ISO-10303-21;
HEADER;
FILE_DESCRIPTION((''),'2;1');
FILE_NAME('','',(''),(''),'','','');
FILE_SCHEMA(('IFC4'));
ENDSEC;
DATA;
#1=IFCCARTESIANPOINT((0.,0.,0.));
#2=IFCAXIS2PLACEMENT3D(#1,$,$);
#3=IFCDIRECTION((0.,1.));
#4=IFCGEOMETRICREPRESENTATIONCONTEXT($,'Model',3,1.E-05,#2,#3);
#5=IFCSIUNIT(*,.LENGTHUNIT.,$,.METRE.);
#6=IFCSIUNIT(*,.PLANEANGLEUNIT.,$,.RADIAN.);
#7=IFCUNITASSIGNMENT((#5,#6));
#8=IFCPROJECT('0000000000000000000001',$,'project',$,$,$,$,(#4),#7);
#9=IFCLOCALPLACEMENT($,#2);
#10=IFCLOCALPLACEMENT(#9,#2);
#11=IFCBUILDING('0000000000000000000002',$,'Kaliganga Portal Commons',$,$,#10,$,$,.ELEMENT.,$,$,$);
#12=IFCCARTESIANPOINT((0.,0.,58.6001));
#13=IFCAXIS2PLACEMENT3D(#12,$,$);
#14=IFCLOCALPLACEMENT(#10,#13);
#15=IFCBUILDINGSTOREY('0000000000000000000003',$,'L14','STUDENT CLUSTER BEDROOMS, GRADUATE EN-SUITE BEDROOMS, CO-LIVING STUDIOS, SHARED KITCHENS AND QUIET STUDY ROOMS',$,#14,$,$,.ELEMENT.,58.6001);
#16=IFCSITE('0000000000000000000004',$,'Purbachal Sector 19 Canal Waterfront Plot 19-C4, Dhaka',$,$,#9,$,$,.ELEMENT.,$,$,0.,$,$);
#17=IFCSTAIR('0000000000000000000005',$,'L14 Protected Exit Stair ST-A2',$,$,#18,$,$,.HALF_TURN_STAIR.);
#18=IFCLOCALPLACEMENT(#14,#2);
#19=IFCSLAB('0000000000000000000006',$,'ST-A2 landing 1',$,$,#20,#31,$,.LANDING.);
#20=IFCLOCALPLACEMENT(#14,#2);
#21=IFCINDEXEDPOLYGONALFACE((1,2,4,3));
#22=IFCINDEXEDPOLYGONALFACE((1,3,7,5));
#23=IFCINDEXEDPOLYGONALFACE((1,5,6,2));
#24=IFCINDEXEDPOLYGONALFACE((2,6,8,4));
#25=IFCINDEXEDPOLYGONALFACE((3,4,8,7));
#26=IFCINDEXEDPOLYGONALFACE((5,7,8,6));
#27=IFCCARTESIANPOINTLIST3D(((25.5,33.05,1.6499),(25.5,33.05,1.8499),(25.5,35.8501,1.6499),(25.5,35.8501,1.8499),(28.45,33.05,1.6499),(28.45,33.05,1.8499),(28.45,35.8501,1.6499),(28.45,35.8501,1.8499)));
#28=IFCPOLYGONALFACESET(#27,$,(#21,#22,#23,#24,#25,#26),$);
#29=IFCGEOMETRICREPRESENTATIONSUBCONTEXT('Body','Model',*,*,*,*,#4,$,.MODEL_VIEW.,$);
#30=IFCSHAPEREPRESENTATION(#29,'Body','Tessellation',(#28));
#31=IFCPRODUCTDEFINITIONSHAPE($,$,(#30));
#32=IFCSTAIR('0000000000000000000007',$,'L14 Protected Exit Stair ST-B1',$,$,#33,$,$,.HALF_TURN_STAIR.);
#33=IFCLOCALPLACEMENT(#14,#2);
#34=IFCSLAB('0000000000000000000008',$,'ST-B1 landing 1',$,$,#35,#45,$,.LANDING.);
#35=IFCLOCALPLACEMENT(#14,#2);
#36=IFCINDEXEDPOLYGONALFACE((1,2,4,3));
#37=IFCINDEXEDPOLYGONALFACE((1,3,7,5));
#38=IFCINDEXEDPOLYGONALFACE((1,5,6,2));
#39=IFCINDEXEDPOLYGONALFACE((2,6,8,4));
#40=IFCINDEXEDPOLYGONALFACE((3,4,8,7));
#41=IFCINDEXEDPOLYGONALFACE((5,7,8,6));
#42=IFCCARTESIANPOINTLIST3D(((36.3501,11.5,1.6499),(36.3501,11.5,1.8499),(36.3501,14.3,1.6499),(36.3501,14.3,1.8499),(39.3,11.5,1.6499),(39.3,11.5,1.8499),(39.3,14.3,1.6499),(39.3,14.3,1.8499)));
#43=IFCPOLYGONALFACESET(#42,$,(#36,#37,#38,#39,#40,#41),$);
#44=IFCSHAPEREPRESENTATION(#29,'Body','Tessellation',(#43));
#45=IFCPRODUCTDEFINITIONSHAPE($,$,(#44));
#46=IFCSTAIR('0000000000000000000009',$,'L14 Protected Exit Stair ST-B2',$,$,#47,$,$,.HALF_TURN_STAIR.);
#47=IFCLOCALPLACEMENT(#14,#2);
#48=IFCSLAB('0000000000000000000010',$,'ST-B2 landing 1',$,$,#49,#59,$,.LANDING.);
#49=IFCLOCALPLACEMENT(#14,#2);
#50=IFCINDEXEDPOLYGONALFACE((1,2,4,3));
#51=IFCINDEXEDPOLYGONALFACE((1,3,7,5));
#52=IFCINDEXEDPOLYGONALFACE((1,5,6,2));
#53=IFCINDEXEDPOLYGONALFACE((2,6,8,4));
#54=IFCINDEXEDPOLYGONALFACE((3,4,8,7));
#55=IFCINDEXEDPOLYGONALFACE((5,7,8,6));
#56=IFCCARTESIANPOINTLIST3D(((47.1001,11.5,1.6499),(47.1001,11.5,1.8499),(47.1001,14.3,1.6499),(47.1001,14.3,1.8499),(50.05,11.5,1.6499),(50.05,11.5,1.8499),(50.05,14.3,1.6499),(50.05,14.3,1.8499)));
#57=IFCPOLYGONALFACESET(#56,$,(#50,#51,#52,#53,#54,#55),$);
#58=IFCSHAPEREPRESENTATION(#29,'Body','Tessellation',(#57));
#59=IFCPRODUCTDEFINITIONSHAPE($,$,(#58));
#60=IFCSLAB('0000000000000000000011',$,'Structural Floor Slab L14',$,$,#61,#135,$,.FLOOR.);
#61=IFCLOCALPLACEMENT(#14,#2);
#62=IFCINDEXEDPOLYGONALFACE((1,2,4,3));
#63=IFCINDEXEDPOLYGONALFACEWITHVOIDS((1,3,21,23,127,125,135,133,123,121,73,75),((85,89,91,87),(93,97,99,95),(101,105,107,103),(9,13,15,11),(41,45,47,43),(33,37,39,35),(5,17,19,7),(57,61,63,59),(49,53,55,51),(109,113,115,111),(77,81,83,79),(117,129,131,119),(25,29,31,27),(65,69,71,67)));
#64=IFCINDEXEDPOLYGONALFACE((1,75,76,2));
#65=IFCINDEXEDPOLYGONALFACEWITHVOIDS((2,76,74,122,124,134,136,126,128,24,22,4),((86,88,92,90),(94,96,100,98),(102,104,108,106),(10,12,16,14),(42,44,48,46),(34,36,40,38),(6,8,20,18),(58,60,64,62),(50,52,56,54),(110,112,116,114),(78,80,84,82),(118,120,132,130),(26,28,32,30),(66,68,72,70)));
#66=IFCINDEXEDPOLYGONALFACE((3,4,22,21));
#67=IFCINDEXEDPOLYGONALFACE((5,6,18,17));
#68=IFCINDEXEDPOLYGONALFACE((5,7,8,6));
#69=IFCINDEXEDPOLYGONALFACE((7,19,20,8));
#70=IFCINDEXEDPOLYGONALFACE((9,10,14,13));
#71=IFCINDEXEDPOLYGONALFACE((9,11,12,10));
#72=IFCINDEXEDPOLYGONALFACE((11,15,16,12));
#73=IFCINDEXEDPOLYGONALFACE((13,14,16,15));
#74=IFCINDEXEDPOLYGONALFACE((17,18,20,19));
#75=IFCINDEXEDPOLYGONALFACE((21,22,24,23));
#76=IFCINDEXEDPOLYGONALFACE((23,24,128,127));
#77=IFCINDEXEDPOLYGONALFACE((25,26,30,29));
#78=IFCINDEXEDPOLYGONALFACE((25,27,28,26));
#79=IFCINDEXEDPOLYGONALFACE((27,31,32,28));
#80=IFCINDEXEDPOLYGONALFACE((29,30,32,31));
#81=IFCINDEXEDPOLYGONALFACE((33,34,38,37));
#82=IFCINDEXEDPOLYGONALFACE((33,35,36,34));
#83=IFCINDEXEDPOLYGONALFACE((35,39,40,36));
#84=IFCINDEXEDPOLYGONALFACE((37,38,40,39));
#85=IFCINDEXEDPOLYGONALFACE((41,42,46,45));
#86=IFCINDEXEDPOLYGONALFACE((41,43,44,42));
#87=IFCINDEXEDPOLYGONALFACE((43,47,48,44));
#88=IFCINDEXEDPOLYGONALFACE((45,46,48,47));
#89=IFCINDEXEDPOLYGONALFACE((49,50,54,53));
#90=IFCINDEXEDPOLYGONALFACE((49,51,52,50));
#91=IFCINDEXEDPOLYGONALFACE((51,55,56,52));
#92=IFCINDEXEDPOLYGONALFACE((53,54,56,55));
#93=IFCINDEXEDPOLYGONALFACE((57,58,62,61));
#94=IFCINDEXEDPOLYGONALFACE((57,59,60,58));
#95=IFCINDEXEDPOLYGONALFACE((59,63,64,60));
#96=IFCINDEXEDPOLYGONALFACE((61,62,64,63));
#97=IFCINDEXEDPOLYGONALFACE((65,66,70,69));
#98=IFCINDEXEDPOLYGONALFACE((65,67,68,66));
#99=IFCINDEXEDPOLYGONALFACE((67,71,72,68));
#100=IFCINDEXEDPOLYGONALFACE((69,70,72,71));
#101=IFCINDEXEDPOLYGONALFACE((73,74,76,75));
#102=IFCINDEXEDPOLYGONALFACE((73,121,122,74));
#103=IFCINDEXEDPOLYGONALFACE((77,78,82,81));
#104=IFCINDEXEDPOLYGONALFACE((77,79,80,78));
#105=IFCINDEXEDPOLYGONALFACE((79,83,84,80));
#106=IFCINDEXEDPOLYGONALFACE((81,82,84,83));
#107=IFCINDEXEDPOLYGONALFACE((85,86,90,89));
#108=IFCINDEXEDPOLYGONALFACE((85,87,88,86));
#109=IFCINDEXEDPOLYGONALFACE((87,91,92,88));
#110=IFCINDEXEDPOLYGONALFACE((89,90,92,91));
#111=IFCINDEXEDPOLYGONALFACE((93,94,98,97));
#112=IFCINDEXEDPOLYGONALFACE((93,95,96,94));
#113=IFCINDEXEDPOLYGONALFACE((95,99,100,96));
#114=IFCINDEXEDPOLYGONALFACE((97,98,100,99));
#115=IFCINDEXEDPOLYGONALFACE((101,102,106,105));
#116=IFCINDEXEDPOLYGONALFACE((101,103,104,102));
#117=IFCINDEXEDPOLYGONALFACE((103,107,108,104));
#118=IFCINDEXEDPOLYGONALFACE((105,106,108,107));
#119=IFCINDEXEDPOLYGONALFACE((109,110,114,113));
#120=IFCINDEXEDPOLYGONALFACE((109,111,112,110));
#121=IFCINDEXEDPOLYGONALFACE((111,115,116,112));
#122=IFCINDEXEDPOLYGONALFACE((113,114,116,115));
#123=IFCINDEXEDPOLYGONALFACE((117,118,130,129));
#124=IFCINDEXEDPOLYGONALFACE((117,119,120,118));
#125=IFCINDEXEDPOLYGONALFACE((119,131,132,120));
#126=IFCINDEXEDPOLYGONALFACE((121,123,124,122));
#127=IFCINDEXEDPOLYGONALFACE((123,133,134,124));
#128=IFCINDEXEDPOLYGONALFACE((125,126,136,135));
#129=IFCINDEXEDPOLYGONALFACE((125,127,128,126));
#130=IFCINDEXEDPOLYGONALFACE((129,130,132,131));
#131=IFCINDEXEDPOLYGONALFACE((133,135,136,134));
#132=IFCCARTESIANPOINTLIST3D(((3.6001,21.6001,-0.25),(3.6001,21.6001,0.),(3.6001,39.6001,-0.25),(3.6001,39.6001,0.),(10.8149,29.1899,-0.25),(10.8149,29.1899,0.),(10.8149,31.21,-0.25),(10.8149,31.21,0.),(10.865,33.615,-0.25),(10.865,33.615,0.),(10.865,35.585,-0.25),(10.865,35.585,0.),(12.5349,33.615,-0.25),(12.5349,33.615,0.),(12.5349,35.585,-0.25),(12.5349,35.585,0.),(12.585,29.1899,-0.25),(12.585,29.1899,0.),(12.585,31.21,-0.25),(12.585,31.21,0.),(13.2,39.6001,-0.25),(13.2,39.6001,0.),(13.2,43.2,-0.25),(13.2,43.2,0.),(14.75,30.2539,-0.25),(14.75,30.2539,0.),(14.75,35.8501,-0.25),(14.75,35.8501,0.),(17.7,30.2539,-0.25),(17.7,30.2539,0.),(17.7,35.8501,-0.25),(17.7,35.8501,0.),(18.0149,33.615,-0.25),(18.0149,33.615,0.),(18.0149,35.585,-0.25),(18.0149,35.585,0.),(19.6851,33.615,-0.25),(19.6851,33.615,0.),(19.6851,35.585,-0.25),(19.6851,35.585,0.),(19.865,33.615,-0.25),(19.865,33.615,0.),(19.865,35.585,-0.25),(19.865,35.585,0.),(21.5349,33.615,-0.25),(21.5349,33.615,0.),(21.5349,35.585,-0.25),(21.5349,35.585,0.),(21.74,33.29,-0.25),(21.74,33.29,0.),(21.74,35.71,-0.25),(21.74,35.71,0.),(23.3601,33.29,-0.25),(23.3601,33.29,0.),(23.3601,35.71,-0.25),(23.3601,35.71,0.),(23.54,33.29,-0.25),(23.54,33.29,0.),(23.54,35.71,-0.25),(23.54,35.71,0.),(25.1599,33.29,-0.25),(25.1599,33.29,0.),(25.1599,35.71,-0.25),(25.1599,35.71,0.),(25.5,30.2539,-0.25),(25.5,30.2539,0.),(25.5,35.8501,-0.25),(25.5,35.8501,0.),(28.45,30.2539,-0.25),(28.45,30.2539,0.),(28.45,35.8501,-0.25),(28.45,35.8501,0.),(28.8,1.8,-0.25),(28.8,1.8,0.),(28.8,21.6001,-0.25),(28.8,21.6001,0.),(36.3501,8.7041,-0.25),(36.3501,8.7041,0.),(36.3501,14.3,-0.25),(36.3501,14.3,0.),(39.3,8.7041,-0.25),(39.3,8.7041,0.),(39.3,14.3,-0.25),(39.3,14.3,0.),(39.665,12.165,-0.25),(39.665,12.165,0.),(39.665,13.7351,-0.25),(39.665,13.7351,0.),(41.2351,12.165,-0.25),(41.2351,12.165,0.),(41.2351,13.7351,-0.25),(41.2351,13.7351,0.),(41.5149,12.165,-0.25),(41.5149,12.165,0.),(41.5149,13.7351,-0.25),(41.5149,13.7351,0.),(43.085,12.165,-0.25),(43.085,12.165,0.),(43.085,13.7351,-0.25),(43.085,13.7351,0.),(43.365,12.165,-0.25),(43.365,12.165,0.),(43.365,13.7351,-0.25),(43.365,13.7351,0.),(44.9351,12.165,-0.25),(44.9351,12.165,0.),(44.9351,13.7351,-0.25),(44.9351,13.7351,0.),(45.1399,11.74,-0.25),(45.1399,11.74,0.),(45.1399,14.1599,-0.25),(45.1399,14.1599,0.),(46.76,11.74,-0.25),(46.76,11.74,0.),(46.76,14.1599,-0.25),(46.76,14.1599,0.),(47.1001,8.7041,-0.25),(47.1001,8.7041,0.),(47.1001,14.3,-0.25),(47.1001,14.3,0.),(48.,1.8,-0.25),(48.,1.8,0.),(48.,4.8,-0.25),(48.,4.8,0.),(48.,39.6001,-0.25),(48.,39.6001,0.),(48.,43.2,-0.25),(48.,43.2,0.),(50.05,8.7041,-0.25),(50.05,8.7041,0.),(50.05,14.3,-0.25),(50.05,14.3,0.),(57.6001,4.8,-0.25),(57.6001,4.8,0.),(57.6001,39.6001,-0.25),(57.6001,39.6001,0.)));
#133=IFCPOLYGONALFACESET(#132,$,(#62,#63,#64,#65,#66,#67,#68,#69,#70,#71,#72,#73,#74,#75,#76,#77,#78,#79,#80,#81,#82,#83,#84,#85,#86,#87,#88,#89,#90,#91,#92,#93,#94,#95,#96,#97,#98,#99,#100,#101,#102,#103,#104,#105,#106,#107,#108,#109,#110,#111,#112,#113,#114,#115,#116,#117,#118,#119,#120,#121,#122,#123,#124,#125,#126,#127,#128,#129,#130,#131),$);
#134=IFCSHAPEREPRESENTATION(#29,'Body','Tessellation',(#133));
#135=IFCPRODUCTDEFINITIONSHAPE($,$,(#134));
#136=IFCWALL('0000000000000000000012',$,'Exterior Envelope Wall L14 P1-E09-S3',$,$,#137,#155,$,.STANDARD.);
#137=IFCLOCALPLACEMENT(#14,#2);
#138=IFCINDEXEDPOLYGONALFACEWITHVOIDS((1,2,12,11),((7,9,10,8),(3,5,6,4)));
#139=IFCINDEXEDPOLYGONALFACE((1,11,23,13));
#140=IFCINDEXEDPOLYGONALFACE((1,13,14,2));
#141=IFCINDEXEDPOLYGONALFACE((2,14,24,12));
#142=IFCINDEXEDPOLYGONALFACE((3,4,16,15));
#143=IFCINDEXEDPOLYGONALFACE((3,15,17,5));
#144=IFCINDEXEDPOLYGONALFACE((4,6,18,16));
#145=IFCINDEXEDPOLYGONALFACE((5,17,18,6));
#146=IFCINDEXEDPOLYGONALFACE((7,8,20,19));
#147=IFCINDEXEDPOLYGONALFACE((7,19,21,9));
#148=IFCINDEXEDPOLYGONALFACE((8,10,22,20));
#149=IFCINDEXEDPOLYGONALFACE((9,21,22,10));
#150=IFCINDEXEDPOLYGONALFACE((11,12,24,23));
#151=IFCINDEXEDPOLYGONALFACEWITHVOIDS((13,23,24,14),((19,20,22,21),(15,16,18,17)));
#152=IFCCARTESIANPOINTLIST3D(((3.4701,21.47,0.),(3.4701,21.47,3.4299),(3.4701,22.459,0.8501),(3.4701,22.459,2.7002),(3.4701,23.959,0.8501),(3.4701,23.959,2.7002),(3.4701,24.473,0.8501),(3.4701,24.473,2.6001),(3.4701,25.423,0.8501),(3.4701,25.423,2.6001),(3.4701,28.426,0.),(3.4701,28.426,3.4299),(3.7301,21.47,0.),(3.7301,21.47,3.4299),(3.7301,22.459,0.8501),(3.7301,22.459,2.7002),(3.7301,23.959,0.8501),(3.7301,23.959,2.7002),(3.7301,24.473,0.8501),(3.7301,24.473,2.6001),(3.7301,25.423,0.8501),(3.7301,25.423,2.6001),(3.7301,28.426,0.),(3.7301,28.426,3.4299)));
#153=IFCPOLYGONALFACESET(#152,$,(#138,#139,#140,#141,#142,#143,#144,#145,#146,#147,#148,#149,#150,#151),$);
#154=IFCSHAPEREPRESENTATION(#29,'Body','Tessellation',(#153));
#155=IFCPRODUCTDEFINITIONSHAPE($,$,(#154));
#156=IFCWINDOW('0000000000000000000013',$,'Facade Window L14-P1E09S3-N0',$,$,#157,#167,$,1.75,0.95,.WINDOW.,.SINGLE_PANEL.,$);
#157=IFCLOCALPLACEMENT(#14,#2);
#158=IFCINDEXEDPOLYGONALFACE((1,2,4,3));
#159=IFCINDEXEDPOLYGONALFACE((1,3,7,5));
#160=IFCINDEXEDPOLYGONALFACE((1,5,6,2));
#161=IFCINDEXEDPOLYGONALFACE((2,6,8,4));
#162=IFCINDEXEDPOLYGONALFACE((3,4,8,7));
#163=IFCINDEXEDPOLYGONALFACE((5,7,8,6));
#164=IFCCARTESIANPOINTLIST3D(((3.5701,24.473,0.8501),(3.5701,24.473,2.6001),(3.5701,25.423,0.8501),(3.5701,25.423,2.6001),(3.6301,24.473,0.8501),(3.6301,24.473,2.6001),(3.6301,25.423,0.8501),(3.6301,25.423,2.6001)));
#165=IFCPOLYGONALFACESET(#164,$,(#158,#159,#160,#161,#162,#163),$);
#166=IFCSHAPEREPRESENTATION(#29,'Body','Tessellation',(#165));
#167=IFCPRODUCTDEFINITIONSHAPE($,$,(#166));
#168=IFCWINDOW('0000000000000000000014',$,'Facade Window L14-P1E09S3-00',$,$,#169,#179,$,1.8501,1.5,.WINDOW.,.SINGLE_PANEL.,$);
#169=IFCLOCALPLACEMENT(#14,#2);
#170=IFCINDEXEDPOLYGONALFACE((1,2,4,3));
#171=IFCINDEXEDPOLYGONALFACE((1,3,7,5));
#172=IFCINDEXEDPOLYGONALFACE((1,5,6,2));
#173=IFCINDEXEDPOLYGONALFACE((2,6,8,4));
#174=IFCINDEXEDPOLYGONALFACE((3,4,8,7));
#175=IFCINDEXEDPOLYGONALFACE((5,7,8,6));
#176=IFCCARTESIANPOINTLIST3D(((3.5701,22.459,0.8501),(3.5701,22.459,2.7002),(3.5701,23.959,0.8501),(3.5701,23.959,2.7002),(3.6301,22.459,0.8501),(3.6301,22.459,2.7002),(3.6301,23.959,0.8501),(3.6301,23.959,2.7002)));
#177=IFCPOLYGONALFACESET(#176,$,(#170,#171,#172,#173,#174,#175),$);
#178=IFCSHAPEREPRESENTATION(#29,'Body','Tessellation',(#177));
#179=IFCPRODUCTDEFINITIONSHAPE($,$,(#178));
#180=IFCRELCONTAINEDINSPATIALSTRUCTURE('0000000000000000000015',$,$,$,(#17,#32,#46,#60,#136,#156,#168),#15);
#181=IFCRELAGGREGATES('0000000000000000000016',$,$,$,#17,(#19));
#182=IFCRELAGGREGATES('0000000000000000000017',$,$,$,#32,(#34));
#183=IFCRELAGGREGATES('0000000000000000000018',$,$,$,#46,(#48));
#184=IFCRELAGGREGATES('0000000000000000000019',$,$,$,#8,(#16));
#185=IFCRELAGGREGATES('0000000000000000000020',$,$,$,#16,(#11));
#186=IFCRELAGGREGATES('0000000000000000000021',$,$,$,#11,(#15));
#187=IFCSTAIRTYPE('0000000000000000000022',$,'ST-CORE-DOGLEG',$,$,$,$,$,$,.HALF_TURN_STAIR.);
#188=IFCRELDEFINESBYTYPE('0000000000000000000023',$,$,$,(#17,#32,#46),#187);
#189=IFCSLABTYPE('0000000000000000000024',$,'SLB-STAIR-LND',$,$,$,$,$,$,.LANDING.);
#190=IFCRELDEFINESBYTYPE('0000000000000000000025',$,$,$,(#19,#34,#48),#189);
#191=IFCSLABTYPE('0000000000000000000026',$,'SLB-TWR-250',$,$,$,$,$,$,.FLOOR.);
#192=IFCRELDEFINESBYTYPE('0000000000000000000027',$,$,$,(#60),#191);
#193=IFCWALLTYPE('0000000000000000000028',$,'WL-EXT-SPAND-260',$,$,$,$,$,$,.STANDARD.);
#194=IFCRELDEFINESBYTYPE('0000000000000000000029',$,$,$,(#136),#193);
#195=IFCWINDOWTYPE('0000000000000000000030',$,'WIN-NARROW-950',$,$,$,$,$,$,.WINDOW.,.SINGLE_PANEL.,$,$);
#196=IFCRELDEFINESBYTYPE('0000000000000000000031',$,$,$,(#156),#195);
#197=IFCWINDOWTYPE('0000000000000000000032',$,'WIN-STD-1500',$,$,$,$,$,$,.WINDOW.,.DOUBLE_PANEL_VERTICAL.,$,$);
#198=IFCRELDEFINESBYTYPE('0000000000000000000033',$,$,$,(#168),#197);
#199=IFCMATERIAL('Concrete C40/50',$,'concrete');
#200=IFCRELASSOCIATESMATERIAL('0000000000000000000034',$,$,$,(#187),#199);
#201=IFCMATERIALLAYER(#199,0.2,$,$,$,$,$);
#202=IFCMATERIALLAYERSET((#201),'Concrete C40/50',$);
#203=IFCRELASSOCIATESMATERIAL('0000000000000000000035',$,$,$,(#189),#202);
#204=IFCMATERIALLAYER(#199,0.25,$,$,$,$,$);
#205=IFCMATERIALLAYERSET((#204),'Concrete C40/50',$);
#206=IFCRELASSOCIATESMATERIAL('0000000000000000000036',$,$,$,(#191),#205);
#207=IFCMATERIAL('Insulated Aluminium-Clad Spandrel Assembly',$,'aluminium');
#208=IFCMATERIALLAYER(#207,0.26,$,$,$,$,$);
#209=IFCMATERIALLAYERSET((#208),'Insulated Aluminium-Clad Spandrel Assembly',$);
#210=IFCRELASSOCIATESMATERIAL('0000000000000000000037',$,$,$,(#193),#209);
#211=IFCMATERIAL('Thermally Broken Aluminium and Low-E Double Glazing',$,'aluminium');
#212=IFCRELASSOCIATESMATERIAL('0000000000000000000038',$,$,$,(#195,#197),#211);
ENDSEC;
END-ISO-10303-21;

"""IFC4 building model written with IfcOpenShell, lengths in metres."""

from ifc_helpers import new_model, si_unit, direction, frame, frame_2d, origin, place, context, subcontext, project, spatial, polyline, rectangle, outline, extrude, material, layer, layer_set, type_object, element, fill, aggregate, save


model = new_model("IFC4")

# Units and contexts
model_context = context("Model", 3, precision=1e-05, world=origin(), true_north=direction((0.0, 1.0)))
body_context = subcontext(model_context, "Body", "Model", "MODEL_VIEW")
ifc_project = project(units=[si_unit("LENGTHUNIT", "METRE"), si_unit("PLANEANGLEUNIT", "RADIAN")], contexts=[model_context])

# Site, building, storey
site_placement = place(None, origin())
site = spatial("IfcSite", under=ifc_project, at=site_placement, Name="Purbachal Sector 19 Canal Waterfront Plot 19-C4, Dhaka", CompositionType="ELEMENT", RefElevation=0.0)
building_placement = place(site_placement, origin())
building = spatial("IfcBuilding", under=site, at=building_placement, Name="Kaliganga Portal Commons", CompositionType="ELEMENT")
storey_placement = place(building_placement, frame((0.0, 0.0, 58.6001)))
storey = spatial("IfcBuildingStorey", under=building, at=storey_placement, Name="L14", Description="STUDENT CLUSTER BEDROOMS, GRADUATE EN-SUITE BEDROOMS, CO-LIVING STUDIOS, SHARED KITCHENS AND QUIET STUDY ROOMS", CompositionType="ELEMENT", Elevation=58.6001)

# Shared definitions
ifc_material_1 = material(Name="Concrete C40/50", Category="concrete")

# Stairs, slabs
stair_type = type_object("IfcStairType", Name="ST-CORE-DOGLEG", PredefinedType="HALF_TURN_STAIR", material=ifc_material_1)
ifc_layer_1 = layer(ifc_material_1, 0.2)
ifc_layer_set_1 = layer_set([ifc_layer_1], Name="Concrete C40/50")
slab_type_1 = type_object("IfcSlabType", Name="SLB-STAIR-LND", PredefinedType="LANDING", material=ifc_layer_set_1)
stair_1_placement = place(storey_placement, origin())
stair_1 = element("IfcStair", 1, at=stair_1_placement, inside=storey, type_object=stair_type, Name="L14 Protected Exit Stair ST-A2", PredefinedType="HALF_TURN_STAIR")
slab_1_placement = place(storey_placement, frame((0.0, 0.0, 1.6499)))
slab_1 = element("IfcSlab", 2, at=slab_1_placement, type_object=slab_type_1, Name="ST-A2 landing 1", PredefinedType="LANDING", context=body_context, shape_type="SweptSolid", body=[
    extrude(outline(polyline([(28.45, 33.05), (28.45, 35.8501), (25.5, 35.8501), (25.5, 33.05), (28.45, 33.05)])), origin(), (0.0, 0.0, 1.0), 0.2),
])
aggregate(stair_1, [slab_1])
stair_2_placement = place(storey_placement, origin())
stair_2 = element("IfcStair", 3, at=stair_2_placement, inside=storey, type_object=stair_type, Name="L14 Protected Exit Stair ST-B1", PredefinedType="HALF_TURN_STAIR")
slab_2_placement = place(storey_placement, frame((0.0, 0.0, 1.6499)))
slab_2 = element("IfcSlab", 4, at=slab_2_placement, type_object=slab_type_1, Name="ST-B1 landing 1", PredefinedType="LANDING", context=body_context, shape_type="SweptSolid", body=[
    extrude(outline(polyline([(39.3, 11.5), (39.3, 14.3), (36.3501, 14.3), (36.3501, 11.5), (39.3, 11.5)])), origin(), (0.0, 0.0, 1.0), 0.2),
])
aggregate(stair_2, [slab_2])
stair_3_placement = place(storey_placement, origin())
stair_3 = element("IfcStair", 5, at=stair_3_placement, inside=storey, type_object=stair_type, Name="L14 Protected Exit Stair ST-B2", PredefinedType="HALF_TURN_STAIR")
slab_3_placement = place(storey_placement, frame((0.0, 0.0, 1.6499)))
slab_3 = element("IfcSlab", 6, at=slab_3_placement, type_object=slab_type_1, Name="ST-B2 landing 1", PredefinedType="LANDING", context=body_context, shape_type="SweptSolid", body=[
    extrude(outline(polyline([(50.05, 11.5), (50.05, 14.3), (47.1001, 14.3), (47.1001, 11.5), (50.05, 11.5)])), origin(), (0.0, 0.0, 1.0), 0.2),
])
aggregate(stair_3, [slab_3])

# Slab
ifc_layer_2 = layer(ifc_material_1, 0.25)
ifc_layer_set_2 = layer_set([ifc_layer_2], Name="Concrete C40/50")
slab_type_2 = type_object("IfcSlabType", Name="SLB-TWR-250", PredefinedType="FLOOR", material=ifc_layer_set_2)
slab_4_placement = place(storey_placement, frame((0.0, 0.0, -0.25)))
element("IfcSlab", 7, at=slab_4_placement, inside=storey, type_object=slab_type_2, Name="Structural Floor Slab L14", PredefinedType="FLOOR", context=body_context, shape_type="SweptSolid", body=[
    extrude(outline(polyline([(28.8, 1.8), (48.0, 1.8), (48.0, 4.8), (57.6001, 4.8), (57.6001, 39.6001), (48.0, 39.6001), (48.0, 43.2), (13.2, 43.2), (13.2, 39.6001), (3.6001, 39.6001), (3.6001, 21.6001), (28.8, 21.6001), (28.8, 1.8)]), holes=[polyline([(14.75, 30.2539), (14.75, 35.8501), (17.7, 35.8501), (17.7, 30.2539), (14.75, 30.2539)]), polyline([(25.5, 30.2539), (25.5, 35.8501), (28.45, 35.8501), (28.45, 30.2539), (25.5, 30.2539)]), polyline([(36.3501, 8.7041), (36.3501, 14.3), (39.3, 14.3), (39.3, 8.7041), (36.3501, 8.7041)]), polyline([(47.1001, 8.7041), (47.1001, 14.3), (50.05, 14.3), (50.05, 8.7041), (47.1001, 8.7041)]), polyline([(18.0149, 33.615), (18.0149, 35.585), (19.6851, 35.585), (19.6851, 33.615), (18.0149, 33.615)]), polyline([(19.865, 33.615), (19.865, 35.585), (21.5349, 35.585), (21.5349, 33.615), (19.865, 33.615)]), polyline([(10.8149, 29.1899), (10.8149, 31.21), (12.585, 31.21), (12.585, 29.1899), (10.8149, 29.1899)]), polyline([(10.865, 33.615), (10.865, 35.585), (12.5349, 35.585), (12.5349, 33.615), (10.865, 33.615)]), polyline([(21.74, 33.29), (21.74, 35.71), (23.3601, 35.71), (23.3601, 33.29), (21.74, 33.29)]), polyline([(23.54, 33.29), (23.54, 35.71), (25.1599, 35.71), (25.1599, 33.29), (23.54, 33.29)]), polyline([(39.665, 12.165), (39.665, 13.7351), (41.2351, 13.7351), (41.2351, 12.165), (39.665, 12.165)]), polyline([(41.5149, 12.165), (41.5149, 13.7351), (43.085, 13.7351), (43.085, 12.165), (41.5149, 12.165)]), polyline([(43.365, 12.165), (43.365, 13.7351), (44.9351, 13.7351), (44.9351, 12.165), (43.365, 12.165)]), polyline([(45.1399, 11.74), (45.1399, 14.1599), (46.76, 14.1599), (46.76, 11.74), (45.1399, 11.74)])]), origin(), (0.0, 0.0, 1.0), 0.25),
])

# Wall, openings, windows
ifc_material_2 = material(Name="Insulated Aluminium-Clad Spandrel Assembly", Category="aluminium")
ifc_layer_3 = layer(ifc_material_2, 0.26)
ifc_layer_set_3 = layer_set([ifc_layer_3], Name="Insulated Aluminium-Clad Spandrel Assembly")
wall_type_1 = type_object("IfcWallType", Name="WL-EXT-SPAND-260", PredefinedType="STANDARD", material=ifc_layer_set_3)
wall_1_placement = place(storey_placement, frame((3.6001, 21.47, 0.0), z_axis=(0.0, 0.0, 1.0), x_axis=(0.0, 1.0, 0.0)))
wall_1 = element("IfcWall", 8, at=wall_1_placement, inside=storey, type_object=wall_type_1, Name="Exterior Envelope Wall L14 P1-E09-S3", PredefinedType="STANDARD", context=body_context, shape_type="SweptSolid", body=[
    extrude(rectangle(XDim=6.9561, YDim=0.26, at=frame_2d((3.478, 0.0))), origin(), (0.0, 0.0, 1.0), 3.4299),
])
opening_1_placement = place(wall_1_placement, frame((0.989, 0.0, 0.8501)))
opening_1 = element("IfcOpeningElement", 9, at=opening_1_placement, cuts=wall_1, PredefinedType="OPENING", context=body_context, shape_type="SweptSolid", body=[
    extrude(rectangle(XDim=1.5, YDim=1.8501, at=frame_2d((0.75, 0.925))), frame((0.0, 0.1401, 0.0), z_axis=(0.0, -1.0, 0.0), x_axis=(1.0, 0.0, 0.0)), (0.0, 0.0, 1.0), 0.28),
])
opening_2_placement = place(wall_1_placement, frame((3.0029, 0.0, 0.8501)))
opening_2 = element("IfcOpeningElement", 10, at=opening_2_placement, cuts=wall_1, PredefinedType="OPENING", context=body_context, shape_type="SweptSolid", body=[
    extrude(rectangle(XDim=0.95, YDim=1.75, at=frame_2d((0.4751, 0.875))), frame((0.0, 0.1401, 0.0), z_axis=(0.0, -1.0, 0.0), x_axis=(1.0, 0.0, 0.0)), (0.0, 0.0, 1.0), 0.28),
])
ifc_material_3 = material(Name="Thermally Broken Aluminium and Low-E Double Glazing", Category="aluminium")
window_type_1 = type_object("IfcWindowType", Name="WIN-NARROW-950", PartitioningType="SINGLE_PANEL", PredefinedType="WINDOW", material=ifc_material_3)
window_1_placement = place(opening_2_placement, origin())
window_1 = element("IfcWindow", 11, at=window_1_placement, inside=storey, type_object=window_type_1, Name="Facade Window L14-P1E09S3-N0", OverallHeight=1.75, OverallWidth=0.95, PartitioningType="SINGLE_PANEL", PredefinedType="WINDOW", context=body_context, shape_type="SweptSolid", body=[
    extrude(rectangle(XDim=0.95, YDim=1.75, at=frame_2d((0.4751, 0.875))), frame((0.0, 0.03, 0.0), z_axis=(0.0, -1.0, 0.0), x_axis=(1.0, 0.0, 0.0)), (0.0, 0.0, 1.0), 0.0601),
])
fill(opening_2, window_1)
window_type_2 = type_object("IfcWindowType", Name="WIN-STD-1500", PartitioningType="DOUBLE_PANEL_VERTICAL", PredefinedType="WINDOW", material=ifc_material_3)
window_2_placement = place(opening_1_placement, origin())
window_2 = element("IfcWindow", 12, at=window_2_placement, inside=storey, type_object=window_type_2, Name="Facade Window L14-P1E09S3-00", OverallHeight=1.8501, OverallWidth=1.5, PartitioningType="SINGLE_PANEL", PredefinedType="WINDOW", context=body_context, shape_type="SweptSolid", body=[
    extrude(rectangle(XDim=1.5, YDim=1.8501, at=frame_2d((0.75, 0.925))), frame((0.0, 0.03, 0.0), z_axis=(0.0, -1.0, 0.0), x_axis=(1.0, 0.0, 0.0)), (0.0, 0.0, 1.0), 0.0601),
])
fill(opening_1, window_2)

save(model, "model.ifc")
